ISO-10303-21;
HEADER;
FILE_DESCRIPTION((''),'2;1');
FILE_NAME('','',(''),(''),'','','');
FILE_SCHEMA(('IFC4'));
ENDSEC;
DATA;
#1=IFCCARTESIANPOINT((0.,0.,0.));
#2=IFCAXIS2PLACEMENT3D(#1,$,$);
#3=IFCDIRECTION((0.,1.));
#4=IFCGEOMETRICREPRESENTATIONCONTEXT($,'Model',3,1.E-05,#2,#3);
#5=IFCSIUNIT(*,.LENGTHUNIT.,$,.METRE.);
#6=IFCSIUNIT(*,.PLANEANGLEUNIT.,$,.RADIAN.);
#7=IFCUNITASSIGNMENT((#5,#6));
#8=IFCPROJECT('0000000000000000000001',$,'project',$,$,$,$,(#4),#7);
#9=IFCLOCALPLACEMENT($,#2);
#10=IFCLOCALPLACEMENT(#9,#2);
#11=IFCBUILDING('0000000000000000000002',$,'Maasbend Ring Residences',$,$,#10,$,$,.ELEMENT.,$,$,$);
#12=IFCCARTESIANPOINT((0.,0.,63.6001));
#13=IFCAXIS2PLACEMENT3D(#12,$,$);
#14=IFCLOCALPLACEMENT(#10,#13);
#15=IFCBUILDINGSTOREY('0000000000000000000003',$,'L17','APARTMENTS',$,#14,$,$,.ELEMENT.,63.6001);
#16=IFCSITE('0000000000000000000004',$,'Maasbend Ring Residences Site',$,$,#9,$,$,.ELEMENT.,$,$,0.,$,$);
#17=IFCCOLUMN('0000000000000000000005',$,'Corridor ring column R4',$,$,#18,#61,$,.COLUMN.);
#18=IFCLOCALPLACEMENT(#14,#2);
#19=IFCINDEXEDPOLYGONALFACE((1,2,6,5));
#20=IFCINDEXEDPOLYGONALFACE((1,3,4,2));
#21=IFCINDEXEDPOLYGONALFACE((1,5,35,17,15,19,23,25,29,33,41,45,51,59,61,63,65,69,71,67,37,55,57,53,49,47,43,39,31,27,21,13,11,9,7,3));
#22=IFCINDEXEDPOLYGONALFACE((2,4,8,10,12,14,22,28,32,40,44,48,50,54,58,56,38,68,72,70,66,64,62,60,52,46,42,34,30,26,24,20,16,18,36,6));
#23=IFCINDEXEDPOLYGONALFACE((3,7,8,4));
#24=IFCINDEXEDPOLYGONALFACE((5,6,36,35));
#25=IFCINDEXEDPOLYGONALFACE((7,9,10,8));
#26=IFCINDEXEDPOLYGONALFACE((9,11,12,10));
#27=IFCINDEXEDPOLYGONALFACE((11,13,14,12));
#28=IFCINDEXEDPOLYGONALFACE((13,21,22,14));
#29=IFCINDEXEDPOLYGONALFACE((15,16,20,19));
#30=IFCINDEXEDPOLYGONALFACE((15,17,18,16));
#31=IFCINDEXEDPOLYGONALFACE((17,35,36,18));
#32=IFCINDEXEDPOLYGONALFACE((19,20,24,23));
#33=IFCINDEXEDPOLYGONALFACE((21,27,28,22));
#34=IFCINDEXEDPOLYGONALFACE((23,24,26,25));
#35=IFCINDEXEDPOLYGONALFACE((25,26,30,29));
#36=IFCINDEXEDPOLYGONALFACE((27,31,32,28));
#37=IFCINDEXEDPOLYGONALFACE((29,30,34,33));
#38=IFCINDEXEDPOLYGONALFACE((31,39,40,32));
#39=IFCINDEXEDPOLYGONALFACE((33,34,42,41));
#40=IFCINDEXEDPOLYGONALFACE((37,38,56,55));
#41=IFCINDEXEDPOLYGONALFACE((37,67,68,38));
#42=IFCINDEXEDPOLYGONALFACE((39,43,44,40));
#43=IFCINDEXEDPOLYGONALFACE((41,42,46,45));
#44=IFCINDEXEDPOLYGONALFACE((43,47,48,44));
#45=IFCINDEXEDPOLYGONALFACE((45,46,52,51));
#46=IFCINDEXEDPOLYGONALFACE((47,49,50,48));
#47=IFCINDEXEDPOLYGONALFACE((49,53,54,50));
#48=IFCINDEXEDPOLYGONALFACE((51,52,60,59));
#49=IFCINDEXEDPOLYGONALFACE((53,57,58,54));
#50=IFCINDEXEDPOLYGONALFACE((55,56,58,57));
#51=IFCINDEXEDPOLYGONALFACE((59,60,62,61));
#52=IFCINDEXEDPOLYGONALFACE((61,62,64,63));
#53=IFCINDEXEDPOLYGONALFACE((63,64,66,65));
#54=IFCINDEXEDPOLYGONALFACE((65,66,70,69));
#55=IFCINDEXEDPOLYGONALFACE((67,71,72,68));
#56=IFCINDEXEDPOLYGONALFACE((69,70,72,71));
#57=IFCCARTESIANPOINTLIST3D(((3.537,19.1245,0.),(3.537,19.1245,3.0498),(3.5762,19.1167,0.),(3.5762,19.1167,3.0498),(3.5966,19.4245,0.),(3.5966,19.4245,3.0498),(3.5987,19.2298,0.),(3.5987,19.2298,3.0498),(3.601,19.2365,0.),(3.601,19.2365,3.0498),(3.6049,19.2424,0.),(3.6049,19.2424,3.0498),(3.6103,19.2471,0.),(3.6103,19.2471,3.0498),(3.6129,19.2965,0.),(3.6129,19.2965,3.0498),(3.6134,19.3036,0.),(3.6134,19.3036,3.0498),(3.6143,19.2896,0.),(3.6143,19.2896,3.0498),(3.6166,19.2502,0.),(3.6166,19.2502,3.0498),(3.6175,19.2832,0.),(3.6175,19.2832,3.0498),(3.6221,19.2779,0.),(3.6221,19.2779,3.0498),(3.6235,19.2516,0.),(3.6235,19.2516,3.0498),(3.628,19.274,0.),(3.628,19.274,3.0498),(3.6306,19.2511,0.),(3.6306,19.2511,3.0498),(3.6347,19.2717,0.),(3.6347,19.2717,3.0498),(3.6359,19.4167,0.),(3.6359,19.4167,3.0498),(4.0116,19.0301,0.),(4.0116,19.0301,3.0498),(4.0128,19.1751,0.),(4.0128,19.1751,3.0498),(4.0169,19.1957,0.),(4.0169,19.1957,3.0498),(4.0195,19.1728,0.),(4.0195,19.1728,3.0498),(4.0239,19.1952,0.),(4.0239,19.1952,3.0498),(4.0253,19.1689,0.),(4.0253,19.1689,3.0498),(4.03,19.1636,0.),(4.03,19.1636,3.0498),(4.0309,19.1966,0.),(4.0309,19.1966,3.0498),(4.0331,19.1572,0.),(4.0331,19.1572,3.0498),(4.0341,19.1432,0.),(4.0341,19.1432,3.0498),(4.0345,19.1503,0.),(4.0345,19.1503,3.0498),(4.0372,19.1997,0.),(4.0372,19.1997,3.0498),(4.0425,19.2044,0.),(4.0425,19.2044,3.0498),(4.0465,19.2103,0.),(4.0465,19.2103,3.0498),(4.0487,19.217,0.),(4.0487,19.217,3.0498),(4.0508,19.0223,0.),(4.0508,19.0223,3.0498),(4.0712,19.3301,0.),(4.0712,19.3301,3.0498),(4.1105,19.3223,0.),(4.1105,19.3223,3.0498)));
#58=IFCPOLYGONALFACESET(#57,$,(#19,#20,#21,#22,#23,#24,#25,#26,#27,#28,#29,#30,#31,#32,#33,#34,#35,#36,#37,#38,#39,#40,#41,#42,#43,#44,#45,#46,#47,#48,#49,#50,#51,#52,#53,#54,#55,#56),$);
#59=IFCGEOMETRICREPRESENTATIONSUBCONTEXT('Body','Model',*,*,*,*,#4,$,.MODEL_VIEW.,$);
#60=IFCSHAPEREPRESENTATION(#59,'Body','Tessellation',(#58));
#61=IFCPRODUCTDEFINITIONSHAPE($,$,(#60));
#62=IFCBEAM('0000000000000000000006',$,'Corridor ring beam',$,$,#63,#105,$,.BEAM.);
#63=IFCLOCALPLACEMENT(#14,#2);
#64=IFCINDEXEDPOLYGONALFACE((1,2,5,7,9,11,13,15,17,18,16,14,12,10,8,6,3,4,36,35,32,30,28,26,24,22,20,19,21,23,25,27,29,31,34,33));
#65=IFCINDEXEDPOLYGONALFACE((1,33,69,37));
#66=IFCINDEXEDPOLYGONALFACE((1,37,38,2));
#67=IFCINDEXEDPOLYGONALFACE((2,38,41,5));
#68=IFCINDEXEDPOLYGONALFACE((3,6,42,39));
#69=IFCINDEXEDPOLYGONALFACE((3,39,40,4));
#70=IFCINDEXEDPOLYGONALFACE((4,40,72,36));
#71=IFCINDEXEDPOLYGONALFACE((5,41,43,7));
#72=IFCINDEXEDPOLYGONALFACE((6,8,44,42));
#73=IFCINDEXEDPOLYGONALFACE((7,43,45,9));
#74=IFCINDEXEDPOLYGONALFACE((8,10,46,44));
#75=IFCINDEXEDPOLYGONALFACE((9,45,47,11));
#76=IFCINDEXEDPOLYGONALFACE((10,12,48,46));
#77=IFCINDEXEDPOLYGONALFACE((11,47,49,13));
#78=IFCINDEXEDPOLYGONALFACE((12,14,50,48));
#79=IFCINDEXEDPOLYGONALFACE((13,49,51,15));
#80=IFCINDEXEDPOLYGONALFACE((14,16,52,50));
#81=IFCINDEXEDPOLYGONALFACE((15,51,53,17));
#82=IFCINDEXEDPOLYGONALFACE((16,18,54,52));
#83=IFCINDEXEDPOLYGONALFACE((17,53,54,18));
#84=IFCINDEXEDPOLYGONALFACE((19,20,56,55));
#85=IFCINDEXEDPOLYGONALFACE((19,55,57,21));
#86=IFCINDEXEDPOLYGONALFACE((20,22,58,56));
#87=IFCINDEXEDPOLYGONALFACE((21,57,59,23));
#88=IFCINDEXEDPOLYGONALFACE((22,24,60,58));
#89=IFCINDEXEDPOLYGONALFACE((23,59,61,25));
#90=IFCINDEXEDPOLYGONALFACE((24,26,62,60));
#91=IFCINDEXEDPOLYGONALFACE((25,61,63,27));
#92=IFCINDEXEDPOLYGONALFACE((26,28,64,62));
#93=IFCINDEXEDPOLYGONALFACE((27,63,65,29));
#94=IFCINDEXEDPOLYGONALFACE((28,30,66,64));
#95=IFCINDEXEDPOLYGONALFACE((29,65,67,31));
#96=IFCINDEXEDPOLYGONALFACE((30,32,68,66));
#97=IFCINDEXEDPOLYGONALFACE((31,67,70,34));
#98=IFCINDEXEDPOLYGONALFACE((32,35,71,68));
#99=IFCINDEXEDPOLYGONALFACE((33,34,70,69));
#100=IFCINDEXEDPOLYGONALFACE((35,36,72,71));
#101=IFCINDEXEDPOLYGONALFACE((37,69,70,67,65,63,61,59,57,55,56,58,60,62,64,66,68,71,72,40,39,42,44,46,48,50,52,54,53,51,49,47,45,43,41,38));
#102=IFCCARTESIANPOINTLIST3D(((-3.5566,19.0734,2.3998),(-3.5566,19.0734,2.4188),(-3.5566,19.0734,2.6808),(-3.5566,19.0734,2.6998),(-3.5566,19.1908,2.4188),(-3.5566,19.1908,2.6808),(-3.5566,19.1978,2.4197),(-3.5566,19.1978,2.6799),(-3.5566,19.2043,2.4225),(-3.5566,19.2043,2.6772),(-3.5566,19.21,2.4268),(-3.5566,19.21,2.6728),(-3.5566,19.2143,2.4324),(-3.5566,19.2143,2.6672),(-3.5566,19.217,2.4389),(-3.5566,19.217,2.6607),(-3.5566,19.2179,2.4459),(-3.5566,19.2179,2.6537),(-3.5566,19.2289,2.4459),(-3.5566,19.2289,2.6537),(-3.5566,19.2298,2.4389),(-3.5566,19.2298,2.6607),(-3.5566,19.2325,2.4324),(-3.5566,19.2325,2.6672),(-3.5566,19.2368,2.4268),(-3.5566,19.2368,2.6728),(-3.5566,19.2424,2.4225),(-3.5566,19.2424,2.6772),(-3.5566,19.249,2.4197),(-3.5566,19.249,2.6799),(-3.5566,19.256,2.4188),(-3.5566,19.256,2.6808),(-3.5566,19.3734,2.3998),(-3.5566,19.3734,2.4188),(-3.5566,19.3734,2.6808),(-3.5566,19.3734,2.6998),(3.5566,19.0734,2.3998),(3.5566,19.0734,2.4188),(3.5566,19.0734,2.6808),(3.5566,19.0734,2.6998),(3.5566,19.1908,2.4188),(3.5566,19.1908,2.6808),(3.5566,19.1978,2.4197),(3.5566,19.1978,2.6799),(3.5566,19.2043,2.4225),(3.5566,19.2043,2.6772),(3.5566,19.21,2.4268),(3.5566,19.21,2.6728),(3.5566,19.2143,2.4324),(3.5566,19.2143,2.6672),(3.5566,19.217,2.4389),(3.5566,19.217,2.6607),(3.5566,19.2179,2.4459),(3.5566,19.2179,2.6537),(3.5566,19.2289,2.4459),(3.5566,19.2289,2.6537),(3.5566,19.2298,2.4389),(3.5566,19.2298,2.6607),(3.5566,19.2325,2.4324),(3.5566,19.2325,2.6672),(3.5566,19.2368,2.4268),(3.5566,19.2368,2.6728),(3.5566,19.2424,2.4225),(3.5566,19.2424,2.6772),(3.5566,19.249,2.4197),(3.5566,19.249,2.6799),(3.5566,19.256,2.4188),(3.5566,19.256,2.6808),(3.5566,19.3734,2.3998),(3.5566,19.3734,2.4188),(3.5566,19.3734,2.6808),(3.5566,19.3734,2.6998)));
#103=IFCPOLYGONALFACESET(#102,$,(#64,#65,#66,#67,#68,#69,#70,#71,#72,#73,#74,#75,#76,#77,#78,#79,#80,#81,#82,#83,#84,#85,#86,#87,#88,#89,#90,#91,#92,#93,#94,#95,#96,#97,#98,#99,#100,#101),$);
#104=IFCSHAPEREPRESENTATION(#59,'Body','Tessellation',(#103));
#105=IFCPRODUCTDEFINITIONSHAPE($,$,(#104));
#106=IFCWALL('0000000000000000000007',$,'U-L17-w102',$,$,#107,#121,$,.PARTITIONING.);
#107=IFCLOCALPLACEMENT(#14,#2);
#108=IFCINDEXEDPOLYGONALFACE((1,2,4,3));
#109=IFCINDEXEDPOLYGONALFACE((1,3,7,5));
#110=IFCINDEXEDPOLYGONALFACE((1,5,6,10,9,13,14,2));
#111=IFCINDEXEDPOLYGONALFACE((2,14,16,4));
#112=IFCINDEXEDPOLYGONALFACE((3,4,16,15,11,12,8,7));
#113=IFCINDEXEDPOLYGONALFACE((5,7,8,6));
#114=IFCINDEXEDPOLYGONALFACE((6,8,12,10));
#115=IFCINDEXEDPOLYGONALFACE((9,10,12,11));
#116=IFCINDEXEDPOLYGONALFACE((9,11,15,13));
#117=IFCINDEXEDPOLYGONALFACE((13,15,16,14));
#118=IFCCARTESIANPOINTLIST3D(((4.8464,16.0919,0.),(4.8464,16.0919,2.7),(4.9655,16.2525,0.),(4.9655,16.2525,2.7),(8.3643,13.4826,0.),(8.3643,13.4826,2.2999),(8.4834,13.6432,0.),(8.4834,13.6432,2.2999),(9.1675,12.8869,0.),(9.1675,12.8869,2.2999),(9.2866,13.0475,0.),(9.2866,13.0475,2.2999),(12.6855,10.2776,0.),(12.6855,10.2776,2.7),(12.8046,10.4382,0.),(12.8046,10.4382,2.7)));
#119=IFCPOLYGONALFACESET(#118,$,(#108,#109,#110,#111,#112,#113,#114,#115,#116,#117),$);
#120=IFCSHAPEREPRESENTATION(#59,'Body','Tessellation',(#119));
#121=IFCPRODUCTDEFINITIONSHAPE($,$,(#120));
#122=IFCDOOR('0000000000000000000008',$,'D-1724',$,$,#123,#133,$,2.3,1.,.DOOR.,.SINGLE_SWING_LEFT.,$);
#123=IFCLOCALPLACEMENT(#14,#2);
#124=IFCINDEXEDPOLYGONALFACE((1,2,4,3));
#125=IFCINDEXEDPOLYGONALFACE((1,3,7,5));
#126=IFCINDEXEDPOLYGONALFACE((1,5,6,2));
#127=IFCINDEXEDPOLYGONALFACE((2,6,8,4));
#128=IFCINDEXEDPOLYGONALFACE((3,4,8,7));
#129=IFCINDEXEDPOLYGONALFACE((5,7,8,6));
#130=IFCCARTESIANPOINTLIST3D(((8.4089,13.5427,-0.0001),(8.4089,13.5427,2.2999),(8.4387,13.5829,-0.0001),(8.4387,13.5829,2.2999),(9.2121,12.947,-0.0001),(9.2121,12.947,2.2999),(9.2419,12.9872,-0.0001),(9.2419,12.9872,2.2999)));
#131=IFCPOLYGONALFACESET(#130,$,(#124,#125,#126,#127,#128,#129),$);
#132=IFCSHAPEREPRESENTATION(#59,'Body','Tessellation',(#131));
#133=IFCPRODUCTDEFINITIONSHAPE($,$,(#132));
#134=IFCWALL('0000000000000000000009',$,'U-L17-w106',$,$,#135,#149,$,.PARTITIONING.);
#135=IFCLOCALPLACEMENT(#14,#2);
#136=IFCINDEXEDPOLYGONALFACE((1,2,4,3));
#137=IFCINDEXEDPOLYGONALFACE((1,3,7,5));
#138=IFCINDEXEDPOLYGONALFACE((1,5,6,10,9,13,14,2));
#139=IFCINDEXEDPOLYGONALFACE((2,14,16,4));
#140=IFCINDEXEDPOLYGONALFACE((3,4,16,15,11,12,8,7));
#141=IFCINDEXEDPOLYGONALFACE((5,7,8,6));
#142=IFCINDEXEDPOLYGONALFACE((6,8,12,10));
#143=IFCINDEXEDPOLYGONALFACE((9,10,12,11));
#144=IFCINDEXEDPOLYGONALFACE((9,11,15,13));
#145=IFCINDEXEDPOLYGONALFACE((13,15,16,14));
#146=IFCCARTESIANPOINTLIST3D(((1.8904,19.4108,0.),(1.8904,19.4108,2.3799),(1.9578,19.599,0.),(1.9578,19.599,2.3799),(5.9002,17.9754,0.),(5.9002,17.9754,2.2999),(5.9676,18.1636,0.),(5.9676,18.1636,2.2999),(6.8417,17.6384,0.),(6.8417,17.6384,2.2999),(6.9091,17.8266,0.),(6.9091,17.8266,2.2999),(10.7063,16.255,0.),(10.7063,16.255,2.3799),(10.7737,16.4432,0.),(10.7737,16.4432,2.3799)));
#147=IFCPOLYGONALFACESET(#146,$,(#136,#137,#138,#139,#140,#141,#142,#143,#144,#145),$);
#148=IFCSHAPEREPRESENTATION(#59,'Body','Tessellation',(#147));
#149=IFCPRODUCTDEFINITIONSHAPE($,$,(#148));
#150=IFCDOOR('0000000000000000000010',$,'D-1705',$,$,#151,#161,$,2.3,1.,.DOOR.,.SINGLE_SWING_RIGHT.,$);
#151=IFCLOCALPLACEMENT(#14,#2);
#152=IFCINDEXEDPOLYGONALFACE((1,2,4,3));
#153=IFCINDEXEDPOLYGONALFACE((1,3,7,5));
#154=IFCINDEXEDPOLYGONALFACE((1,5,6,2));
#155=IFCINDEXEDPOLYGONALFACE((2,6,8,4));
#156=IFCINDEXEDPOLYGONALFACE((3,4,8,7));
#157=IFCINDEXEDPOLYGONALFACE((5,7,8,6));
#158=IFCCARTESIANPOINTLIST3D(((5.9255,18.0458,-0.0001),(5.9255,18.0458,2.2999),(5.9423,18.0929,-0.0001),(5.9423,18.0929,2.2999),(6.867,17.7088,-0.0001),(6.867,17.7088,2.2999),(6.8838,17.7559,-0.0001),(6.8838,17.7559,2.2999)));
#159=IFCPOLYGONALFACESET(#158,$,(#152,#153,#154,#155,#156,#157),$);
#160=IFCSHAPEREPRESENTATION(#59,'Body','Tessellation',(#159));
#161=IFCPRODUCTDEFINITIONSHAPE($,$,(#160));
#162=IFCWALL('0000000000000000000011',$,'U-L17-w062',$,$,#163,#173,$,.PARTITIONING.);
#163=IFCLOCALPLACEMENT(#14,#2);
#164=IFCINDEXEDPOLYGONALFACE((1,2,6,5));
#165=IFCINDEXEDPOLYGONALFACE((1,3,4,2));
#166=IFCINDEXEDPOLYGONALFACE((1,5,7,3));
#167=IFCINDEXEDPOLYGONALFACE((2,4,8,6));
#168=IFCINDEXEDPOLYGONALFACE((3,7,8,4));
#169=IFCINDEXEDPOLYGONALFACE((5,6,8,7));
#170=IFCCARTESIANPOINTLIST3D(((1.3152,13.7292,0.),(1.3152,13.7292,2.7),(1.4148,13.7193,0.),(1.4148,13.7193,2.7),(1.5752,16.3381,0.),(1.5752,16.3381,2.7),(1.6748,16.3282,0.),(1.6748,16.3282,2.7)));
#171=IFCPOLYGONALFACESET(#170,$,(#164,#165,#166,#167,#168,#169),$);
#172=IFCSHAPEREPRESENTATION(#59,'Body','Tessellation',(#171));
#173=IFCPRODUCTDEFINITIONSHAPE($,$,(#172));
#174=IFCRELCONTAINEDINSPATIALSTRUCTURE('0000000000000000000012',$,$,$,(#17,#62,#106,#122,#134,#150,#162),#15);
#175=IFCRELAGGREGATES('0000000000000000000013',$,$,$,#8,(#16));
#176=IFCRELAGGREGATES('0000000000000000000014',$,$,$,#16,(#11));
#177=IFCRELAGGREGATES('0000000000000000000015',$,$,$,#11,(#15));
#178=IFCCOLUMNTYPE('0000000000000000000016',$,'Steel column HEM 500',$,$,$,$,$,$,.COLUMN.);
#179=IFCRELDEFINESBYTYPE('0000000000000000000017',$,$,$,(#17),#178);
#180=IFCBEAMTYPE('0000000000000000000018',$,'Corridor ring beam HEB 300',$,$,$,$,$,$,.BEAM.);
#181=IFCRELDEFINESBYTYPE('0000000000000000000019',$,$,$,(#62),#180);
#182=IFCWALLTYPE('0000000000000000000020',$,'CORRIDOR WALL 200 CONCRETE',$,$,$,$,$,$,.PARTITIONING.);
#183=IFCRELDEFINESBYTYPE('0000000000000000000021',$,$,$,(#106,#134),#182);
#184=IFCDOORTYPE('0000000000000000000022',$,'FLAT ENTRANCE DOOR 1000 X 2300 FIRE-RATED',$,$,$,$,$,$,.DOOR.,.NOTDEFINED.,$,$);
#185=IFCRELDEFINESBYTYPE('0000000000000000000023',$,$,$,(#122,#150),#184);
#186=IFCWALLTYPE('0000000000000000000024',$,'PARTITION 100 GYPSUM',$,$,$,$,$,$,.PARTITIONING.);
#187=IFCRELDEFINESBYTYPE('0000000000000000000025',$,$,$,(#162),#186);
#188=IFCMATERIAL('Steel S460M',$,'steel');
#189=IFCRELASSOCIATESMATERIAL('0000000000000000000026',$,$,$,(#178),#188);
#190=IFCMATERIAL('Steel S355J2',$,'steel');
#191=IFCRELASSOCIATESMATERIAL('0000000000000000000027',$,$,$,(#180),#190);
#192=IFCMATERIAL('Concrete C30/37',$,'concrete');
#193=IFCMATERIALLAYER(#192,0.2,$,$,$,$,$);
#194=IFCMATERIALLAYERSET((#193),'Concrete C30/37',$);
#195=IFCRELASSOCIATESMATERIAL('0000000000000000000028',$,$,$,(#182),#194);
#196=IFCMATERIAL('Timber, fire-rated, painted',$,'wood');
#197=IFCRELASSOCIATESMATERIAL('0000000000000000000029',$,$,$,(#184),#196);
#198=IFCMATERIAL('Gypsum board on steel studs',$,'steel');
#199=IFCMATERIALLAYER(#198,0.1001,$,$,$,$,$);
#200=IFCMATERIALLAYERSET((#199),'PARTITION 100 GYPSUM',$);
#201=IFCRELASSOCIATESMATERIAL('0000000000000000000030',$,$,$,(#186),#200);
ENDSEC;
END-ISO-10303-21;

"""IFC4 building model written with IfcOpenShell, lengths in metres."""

from ifc_helpers import new_model, si_unit, direction, frame, frame_2d, origin, origin_2d, place, context, subcontext, project, spatial, rectangle, i_section, extrude, material, layer, layer_set, material_profile, profile_set, type_object, element, fill, save


model = new_model("IFC4")

# Units and contexts
model_context = context("Model", 3, precision=1e-05, world=origin(), true_north=direction((0.0, 1.0)))
body_context = subcontext(model_context, "Body", "Model", "MODEL_VIEW")
ifc_project = project(units=[si_unit("LENGTHUNIT", "METRE"), si_unit("PLANEANGLEUNIT", "RADIAN")], contexts=[model_context])

# Site, building, storey
site_placement = place(None, origin())
site = spatial("IfcSite", under=ifc_project, at=site_placement, Name="Maasbend Ring Residences Site", CompositionType="ELEMENT", RefElevation=0.0)
building_placement = place(site_placement, origin())
building = spatial("IfcBuilding", under=site, at=building_placement, Name="Maasbend Ring Residences", CompositionType="ELEMENT")
storey_placement = place(building_placement, frame((0.0, 0.0, 63.6001)))
storey = spatial("IfcBuildingStorey", under=building, at=storey_placement, Name="L17", Description="APARTMENTS", CompositionType="ELEMENT", Elevation=63.6001)

# Column
ifc_material_1 = material(Name="Steel S460M", Category="steel")
ifc_material_profile_1 = material_profile(ifc_material_1, i_section(OverallWidth=0.3059, OverallDepth=0.5239, WebThickness=0.021, FlangeThickness=0.04, FilletRadius=0.0271, at=origin_2d()), Name="HEM 500")
ifc_profile_set_1 = profile_set([ifc_material_profile_1], Name="Steel S460M")
column_type = type_object("IfcColumnType", Name="Steel column HEM 500", PredefinedType="COLUMN", material=ifc_profile_set_1)
column_placement = place(storey_placement, frame((3.8237, 19.2234, 0.0), z_axis=(0.0, 0.0, 1.0), x_axis=(0.19509, 0.980785, 0.0)))
element("IfcColumn", 1, at=column_placement, inside=storey, type_object=column_type, Name="Corridor ring column R4", PredefinedType="COLUMN", context=body_context, shape_type="SweptSolid", body=[
    extrude(i_section(OverallWidth=0.3059, OverallDepth=0.5239, WebThickness=0.021, FlangeThickness=0.04, FilletRadius=0.0271, at=origin_2d()), origin(), (0.0, 0.0, 1.0), 3.0498),
])

# Beam
ifc_material_2 = material(Name="Steel S355J2", Category="steel")
ifc_material_profile_2 = material_profile(ifc_material_2, i_section(OverallWidth=0.3, OverallDepth=0.3, WebThickness=0.011, FlangeThickness=0.019, FilletRadius=0.0271, at=origin_2d()), Name="HEB 300")
ifc_profile_set_2 = profile_set([ifc_material_profile_2], Name="Steel S355J2")
beam_type = type_object("IfcBeamType", Name="Corridor ring beam HEB 300", PredefinedType="BEAM", material=ifc_profile_set_2)
beam_placement = place(storey_placement, frame((3.5566, 19.2234, 2.5498), z_axis=(-1.0, 0.0, 0.0), x_axis=(0.0, -1.0, 0.0)))
element("IfcBeam", 2, at=beam_placement, inside=storey, type_object=beam_type, Name="Corridor ring beam", PredefinedType="BEAM", context=body_context, shape_type="SweptSolid", body=[
    extrude(i_section(OverallWidth=0.3, OverallDepth=0.3, WebThickness=0.011, FlangeThickness=0.019, FilletRadius=0.0271, at=origin_2d()), origin(), (0.0, 0.0, 1.0), 7.1133),
])

# Walls, openings, doors
ifc_material_3 = material(Name="Concrete C30/37", Category="concrete")
ifc_layer_1 = layer(ifc_material_3, 0.2)
ifc_layer_set_1 = layer_set([ifc_layer_1], Name="Concrete C30/37")
wall_type_1 = type_object("IfcWallType", Name="CORRIDOR WALL 200 CONCRETE", PredefinedType="PARTITIONING", material=ifc_layer_set_1)
wall_1_placement = place(storey_placement, frame((4.906, 16.1721, 0.0), z_axis=(0.0, 0.0, 1.0), x_axis=(0.803191, -0.595721, 0.0)))
wall_1 = element("IfcWall", 3, at=wall_1_placement, inside=storey, type_object=wall_type_1, Name="U-L17-w102", PredefinedType="PARTITIONING", context=body_context, shape_type="SweptSolid", body=[
    extrude(rectangle(XDim=9.76, YDim=0.2, at=frame_2d((4.8799, 0.0))), origin(), (0.0, 0.0, 1.0), 2.7),
])
opening_1_placement = place(wall_1_placement, frame((4.3799, 0.0, 0.0)))
opening_1 = element("IfcOpeningElement", 4, at=opening_1_placement, cuts=wall_1, PredefinedType="OPENING", context=body_context, shape_type="SweptSolid", body=[
    extrude(rectangle(XDim=1.0, YDim=2.3, at=frame_2d((0.5, 1.1499))), frame((0.0, 0.1099, 0.0), z_axis=(0.0, -1.0, 0.0), x_axis=(1.0, 0.0, 0.0)), (0.0, 0.0, 1.0), 0.22),
])
ifc_material_4 = material(Name="Timber, fire-rated, painted", Category="wood")
door_type_1 = type_object("IfcDoorType", Name="FLAT ENTRANCE DOOR 1000 X 2300 FIRE-RATED", OperationType="NOTDEFINED", PredefinedType="DOOR", material=ifc_material_4)
door_1_placement = place(opening_1_placement, origin())
door_1 = element("IfcDoor", 5, at=door_1_placement, inside=storey, type_object=door_type_1, Name="D-1724", OperationType="SINGLE_SWING_LEFT", OverallHeight=2.3, OverallWidth=1.0, PredefinedType="DOOR", context=body_context, shape_type="SweptSolid", body=[
    extrude(rectangle(XDim=1.0, YDim=2.3, at=frame_2d((0.5, 1.1499))), frame((0.0, 0.0249, 0.0), z_axis=(0.0, -1.0, 0.0), x_axis=(1.0, 0.0, 0.0)), (0.0, 0.0, 1.0), 0.05),
])
fill(opening_1, door_1)
wall_2_placement = place(storey_placement, frame((1.9241, 19.5049, 0.0), z_axis=(0.0, 0.0, 1.0), x_axis=(0.941497, -0.33702, 0.0)))
wall_2 = element("IfcWall", 6, at=wall_2_placement, inside=storey, type_object=wall_type_1, Name="U-L17-w106", PredefinedType="PARTITIONING", context=body_context, shape_type="SweptSolid", body=[
    extrude(rectangle(XDim=9.3638, YDim=0.2, at=frame_2d((4.6819, 0.0))), origin(), (0.0, 0.0, 1.0), 2.3799),
])
opening_2_placement = place(wall_2_placement, frame((4.259, 0.0, 0.0)))
opening_2 = element("IfcOpeningElement", 7, at=opening_2_placement, cuts=wall_2, PredefinedType="OPENING", context=body_context, shape_type="SweptSolid", body=[
    extrude(rectangle(XDim=1.0, YDim=2.3, at=frame_2d((0.5, 1.1499))), frame((0.0, 0.1099, 0.0), z_axis=(0.0, -1.0, 0.0), x_axis=(1.0, 0.0, 0.0)), (0.0, 0.0, 1.0), 0.22),
])
door_2_placement = place(opening_2_placement, origin())
door_2 = element("IfcDoor", 8, at=door_2_placement, inside=storey, type_object=door_type_1, Name="D-1705", OperationType="SINGLE_SWING_RIGHT", OverallHeight=2.3, OverallWidth=1.0, PredefinedType="DOOR", context=body_context, shape_type="SweptSolid", body=[
    extrude(rectangle(XDim=1.0, YDim=2.3, at=frame_2d((0.5, 1.1499))), frame((0.0, 0.0249, 0.0), z_axis=(0.0, -1.0, 0.0), x_axis=(1.0, 0.0, 0.0)), (0.0, 0.0, 1.0), 0.05),
])
fill(opening_2, door_2)

# Wall
ifc_material_5 = material(Name="Gypsum board on steel studs", Category="steel")
ifc_layer_2 = layer(ifc_material_5, 0.1001)
ifc_layer_set_2 = layer_set([ifc_layer_2], Name="PARTITION 100 GYPSUM")
wall_type_2 = type_object("IfcWallType", Name="PARTITION 100 GYPSUM", PredefinedType="PARTITIONING", material=ifc_layer_set_2)
wall_3_placement = place(storey_placement, frame((1.365, 13.7241, 0.0), z_axis=(0.0, 0.0, 1.0), x_axis=(0.099172, 0.99507, 0.0)))
element("IfcWall", 9, at=wall_3_placement, inside=storey, type_object=wall_type_2, Name="U-L17-w062", PredefinedType="PARTITIONING", context=body_context, shape_type="SweptSolid", body=[
    extrude(rectangle(XDim=2.6218, YDim=0.1001, at=frame_2d((1.311, 0.0))), origin(), (0.0, 0.0, 1.0), 2.7),
])

save(model, "model.ifc")
